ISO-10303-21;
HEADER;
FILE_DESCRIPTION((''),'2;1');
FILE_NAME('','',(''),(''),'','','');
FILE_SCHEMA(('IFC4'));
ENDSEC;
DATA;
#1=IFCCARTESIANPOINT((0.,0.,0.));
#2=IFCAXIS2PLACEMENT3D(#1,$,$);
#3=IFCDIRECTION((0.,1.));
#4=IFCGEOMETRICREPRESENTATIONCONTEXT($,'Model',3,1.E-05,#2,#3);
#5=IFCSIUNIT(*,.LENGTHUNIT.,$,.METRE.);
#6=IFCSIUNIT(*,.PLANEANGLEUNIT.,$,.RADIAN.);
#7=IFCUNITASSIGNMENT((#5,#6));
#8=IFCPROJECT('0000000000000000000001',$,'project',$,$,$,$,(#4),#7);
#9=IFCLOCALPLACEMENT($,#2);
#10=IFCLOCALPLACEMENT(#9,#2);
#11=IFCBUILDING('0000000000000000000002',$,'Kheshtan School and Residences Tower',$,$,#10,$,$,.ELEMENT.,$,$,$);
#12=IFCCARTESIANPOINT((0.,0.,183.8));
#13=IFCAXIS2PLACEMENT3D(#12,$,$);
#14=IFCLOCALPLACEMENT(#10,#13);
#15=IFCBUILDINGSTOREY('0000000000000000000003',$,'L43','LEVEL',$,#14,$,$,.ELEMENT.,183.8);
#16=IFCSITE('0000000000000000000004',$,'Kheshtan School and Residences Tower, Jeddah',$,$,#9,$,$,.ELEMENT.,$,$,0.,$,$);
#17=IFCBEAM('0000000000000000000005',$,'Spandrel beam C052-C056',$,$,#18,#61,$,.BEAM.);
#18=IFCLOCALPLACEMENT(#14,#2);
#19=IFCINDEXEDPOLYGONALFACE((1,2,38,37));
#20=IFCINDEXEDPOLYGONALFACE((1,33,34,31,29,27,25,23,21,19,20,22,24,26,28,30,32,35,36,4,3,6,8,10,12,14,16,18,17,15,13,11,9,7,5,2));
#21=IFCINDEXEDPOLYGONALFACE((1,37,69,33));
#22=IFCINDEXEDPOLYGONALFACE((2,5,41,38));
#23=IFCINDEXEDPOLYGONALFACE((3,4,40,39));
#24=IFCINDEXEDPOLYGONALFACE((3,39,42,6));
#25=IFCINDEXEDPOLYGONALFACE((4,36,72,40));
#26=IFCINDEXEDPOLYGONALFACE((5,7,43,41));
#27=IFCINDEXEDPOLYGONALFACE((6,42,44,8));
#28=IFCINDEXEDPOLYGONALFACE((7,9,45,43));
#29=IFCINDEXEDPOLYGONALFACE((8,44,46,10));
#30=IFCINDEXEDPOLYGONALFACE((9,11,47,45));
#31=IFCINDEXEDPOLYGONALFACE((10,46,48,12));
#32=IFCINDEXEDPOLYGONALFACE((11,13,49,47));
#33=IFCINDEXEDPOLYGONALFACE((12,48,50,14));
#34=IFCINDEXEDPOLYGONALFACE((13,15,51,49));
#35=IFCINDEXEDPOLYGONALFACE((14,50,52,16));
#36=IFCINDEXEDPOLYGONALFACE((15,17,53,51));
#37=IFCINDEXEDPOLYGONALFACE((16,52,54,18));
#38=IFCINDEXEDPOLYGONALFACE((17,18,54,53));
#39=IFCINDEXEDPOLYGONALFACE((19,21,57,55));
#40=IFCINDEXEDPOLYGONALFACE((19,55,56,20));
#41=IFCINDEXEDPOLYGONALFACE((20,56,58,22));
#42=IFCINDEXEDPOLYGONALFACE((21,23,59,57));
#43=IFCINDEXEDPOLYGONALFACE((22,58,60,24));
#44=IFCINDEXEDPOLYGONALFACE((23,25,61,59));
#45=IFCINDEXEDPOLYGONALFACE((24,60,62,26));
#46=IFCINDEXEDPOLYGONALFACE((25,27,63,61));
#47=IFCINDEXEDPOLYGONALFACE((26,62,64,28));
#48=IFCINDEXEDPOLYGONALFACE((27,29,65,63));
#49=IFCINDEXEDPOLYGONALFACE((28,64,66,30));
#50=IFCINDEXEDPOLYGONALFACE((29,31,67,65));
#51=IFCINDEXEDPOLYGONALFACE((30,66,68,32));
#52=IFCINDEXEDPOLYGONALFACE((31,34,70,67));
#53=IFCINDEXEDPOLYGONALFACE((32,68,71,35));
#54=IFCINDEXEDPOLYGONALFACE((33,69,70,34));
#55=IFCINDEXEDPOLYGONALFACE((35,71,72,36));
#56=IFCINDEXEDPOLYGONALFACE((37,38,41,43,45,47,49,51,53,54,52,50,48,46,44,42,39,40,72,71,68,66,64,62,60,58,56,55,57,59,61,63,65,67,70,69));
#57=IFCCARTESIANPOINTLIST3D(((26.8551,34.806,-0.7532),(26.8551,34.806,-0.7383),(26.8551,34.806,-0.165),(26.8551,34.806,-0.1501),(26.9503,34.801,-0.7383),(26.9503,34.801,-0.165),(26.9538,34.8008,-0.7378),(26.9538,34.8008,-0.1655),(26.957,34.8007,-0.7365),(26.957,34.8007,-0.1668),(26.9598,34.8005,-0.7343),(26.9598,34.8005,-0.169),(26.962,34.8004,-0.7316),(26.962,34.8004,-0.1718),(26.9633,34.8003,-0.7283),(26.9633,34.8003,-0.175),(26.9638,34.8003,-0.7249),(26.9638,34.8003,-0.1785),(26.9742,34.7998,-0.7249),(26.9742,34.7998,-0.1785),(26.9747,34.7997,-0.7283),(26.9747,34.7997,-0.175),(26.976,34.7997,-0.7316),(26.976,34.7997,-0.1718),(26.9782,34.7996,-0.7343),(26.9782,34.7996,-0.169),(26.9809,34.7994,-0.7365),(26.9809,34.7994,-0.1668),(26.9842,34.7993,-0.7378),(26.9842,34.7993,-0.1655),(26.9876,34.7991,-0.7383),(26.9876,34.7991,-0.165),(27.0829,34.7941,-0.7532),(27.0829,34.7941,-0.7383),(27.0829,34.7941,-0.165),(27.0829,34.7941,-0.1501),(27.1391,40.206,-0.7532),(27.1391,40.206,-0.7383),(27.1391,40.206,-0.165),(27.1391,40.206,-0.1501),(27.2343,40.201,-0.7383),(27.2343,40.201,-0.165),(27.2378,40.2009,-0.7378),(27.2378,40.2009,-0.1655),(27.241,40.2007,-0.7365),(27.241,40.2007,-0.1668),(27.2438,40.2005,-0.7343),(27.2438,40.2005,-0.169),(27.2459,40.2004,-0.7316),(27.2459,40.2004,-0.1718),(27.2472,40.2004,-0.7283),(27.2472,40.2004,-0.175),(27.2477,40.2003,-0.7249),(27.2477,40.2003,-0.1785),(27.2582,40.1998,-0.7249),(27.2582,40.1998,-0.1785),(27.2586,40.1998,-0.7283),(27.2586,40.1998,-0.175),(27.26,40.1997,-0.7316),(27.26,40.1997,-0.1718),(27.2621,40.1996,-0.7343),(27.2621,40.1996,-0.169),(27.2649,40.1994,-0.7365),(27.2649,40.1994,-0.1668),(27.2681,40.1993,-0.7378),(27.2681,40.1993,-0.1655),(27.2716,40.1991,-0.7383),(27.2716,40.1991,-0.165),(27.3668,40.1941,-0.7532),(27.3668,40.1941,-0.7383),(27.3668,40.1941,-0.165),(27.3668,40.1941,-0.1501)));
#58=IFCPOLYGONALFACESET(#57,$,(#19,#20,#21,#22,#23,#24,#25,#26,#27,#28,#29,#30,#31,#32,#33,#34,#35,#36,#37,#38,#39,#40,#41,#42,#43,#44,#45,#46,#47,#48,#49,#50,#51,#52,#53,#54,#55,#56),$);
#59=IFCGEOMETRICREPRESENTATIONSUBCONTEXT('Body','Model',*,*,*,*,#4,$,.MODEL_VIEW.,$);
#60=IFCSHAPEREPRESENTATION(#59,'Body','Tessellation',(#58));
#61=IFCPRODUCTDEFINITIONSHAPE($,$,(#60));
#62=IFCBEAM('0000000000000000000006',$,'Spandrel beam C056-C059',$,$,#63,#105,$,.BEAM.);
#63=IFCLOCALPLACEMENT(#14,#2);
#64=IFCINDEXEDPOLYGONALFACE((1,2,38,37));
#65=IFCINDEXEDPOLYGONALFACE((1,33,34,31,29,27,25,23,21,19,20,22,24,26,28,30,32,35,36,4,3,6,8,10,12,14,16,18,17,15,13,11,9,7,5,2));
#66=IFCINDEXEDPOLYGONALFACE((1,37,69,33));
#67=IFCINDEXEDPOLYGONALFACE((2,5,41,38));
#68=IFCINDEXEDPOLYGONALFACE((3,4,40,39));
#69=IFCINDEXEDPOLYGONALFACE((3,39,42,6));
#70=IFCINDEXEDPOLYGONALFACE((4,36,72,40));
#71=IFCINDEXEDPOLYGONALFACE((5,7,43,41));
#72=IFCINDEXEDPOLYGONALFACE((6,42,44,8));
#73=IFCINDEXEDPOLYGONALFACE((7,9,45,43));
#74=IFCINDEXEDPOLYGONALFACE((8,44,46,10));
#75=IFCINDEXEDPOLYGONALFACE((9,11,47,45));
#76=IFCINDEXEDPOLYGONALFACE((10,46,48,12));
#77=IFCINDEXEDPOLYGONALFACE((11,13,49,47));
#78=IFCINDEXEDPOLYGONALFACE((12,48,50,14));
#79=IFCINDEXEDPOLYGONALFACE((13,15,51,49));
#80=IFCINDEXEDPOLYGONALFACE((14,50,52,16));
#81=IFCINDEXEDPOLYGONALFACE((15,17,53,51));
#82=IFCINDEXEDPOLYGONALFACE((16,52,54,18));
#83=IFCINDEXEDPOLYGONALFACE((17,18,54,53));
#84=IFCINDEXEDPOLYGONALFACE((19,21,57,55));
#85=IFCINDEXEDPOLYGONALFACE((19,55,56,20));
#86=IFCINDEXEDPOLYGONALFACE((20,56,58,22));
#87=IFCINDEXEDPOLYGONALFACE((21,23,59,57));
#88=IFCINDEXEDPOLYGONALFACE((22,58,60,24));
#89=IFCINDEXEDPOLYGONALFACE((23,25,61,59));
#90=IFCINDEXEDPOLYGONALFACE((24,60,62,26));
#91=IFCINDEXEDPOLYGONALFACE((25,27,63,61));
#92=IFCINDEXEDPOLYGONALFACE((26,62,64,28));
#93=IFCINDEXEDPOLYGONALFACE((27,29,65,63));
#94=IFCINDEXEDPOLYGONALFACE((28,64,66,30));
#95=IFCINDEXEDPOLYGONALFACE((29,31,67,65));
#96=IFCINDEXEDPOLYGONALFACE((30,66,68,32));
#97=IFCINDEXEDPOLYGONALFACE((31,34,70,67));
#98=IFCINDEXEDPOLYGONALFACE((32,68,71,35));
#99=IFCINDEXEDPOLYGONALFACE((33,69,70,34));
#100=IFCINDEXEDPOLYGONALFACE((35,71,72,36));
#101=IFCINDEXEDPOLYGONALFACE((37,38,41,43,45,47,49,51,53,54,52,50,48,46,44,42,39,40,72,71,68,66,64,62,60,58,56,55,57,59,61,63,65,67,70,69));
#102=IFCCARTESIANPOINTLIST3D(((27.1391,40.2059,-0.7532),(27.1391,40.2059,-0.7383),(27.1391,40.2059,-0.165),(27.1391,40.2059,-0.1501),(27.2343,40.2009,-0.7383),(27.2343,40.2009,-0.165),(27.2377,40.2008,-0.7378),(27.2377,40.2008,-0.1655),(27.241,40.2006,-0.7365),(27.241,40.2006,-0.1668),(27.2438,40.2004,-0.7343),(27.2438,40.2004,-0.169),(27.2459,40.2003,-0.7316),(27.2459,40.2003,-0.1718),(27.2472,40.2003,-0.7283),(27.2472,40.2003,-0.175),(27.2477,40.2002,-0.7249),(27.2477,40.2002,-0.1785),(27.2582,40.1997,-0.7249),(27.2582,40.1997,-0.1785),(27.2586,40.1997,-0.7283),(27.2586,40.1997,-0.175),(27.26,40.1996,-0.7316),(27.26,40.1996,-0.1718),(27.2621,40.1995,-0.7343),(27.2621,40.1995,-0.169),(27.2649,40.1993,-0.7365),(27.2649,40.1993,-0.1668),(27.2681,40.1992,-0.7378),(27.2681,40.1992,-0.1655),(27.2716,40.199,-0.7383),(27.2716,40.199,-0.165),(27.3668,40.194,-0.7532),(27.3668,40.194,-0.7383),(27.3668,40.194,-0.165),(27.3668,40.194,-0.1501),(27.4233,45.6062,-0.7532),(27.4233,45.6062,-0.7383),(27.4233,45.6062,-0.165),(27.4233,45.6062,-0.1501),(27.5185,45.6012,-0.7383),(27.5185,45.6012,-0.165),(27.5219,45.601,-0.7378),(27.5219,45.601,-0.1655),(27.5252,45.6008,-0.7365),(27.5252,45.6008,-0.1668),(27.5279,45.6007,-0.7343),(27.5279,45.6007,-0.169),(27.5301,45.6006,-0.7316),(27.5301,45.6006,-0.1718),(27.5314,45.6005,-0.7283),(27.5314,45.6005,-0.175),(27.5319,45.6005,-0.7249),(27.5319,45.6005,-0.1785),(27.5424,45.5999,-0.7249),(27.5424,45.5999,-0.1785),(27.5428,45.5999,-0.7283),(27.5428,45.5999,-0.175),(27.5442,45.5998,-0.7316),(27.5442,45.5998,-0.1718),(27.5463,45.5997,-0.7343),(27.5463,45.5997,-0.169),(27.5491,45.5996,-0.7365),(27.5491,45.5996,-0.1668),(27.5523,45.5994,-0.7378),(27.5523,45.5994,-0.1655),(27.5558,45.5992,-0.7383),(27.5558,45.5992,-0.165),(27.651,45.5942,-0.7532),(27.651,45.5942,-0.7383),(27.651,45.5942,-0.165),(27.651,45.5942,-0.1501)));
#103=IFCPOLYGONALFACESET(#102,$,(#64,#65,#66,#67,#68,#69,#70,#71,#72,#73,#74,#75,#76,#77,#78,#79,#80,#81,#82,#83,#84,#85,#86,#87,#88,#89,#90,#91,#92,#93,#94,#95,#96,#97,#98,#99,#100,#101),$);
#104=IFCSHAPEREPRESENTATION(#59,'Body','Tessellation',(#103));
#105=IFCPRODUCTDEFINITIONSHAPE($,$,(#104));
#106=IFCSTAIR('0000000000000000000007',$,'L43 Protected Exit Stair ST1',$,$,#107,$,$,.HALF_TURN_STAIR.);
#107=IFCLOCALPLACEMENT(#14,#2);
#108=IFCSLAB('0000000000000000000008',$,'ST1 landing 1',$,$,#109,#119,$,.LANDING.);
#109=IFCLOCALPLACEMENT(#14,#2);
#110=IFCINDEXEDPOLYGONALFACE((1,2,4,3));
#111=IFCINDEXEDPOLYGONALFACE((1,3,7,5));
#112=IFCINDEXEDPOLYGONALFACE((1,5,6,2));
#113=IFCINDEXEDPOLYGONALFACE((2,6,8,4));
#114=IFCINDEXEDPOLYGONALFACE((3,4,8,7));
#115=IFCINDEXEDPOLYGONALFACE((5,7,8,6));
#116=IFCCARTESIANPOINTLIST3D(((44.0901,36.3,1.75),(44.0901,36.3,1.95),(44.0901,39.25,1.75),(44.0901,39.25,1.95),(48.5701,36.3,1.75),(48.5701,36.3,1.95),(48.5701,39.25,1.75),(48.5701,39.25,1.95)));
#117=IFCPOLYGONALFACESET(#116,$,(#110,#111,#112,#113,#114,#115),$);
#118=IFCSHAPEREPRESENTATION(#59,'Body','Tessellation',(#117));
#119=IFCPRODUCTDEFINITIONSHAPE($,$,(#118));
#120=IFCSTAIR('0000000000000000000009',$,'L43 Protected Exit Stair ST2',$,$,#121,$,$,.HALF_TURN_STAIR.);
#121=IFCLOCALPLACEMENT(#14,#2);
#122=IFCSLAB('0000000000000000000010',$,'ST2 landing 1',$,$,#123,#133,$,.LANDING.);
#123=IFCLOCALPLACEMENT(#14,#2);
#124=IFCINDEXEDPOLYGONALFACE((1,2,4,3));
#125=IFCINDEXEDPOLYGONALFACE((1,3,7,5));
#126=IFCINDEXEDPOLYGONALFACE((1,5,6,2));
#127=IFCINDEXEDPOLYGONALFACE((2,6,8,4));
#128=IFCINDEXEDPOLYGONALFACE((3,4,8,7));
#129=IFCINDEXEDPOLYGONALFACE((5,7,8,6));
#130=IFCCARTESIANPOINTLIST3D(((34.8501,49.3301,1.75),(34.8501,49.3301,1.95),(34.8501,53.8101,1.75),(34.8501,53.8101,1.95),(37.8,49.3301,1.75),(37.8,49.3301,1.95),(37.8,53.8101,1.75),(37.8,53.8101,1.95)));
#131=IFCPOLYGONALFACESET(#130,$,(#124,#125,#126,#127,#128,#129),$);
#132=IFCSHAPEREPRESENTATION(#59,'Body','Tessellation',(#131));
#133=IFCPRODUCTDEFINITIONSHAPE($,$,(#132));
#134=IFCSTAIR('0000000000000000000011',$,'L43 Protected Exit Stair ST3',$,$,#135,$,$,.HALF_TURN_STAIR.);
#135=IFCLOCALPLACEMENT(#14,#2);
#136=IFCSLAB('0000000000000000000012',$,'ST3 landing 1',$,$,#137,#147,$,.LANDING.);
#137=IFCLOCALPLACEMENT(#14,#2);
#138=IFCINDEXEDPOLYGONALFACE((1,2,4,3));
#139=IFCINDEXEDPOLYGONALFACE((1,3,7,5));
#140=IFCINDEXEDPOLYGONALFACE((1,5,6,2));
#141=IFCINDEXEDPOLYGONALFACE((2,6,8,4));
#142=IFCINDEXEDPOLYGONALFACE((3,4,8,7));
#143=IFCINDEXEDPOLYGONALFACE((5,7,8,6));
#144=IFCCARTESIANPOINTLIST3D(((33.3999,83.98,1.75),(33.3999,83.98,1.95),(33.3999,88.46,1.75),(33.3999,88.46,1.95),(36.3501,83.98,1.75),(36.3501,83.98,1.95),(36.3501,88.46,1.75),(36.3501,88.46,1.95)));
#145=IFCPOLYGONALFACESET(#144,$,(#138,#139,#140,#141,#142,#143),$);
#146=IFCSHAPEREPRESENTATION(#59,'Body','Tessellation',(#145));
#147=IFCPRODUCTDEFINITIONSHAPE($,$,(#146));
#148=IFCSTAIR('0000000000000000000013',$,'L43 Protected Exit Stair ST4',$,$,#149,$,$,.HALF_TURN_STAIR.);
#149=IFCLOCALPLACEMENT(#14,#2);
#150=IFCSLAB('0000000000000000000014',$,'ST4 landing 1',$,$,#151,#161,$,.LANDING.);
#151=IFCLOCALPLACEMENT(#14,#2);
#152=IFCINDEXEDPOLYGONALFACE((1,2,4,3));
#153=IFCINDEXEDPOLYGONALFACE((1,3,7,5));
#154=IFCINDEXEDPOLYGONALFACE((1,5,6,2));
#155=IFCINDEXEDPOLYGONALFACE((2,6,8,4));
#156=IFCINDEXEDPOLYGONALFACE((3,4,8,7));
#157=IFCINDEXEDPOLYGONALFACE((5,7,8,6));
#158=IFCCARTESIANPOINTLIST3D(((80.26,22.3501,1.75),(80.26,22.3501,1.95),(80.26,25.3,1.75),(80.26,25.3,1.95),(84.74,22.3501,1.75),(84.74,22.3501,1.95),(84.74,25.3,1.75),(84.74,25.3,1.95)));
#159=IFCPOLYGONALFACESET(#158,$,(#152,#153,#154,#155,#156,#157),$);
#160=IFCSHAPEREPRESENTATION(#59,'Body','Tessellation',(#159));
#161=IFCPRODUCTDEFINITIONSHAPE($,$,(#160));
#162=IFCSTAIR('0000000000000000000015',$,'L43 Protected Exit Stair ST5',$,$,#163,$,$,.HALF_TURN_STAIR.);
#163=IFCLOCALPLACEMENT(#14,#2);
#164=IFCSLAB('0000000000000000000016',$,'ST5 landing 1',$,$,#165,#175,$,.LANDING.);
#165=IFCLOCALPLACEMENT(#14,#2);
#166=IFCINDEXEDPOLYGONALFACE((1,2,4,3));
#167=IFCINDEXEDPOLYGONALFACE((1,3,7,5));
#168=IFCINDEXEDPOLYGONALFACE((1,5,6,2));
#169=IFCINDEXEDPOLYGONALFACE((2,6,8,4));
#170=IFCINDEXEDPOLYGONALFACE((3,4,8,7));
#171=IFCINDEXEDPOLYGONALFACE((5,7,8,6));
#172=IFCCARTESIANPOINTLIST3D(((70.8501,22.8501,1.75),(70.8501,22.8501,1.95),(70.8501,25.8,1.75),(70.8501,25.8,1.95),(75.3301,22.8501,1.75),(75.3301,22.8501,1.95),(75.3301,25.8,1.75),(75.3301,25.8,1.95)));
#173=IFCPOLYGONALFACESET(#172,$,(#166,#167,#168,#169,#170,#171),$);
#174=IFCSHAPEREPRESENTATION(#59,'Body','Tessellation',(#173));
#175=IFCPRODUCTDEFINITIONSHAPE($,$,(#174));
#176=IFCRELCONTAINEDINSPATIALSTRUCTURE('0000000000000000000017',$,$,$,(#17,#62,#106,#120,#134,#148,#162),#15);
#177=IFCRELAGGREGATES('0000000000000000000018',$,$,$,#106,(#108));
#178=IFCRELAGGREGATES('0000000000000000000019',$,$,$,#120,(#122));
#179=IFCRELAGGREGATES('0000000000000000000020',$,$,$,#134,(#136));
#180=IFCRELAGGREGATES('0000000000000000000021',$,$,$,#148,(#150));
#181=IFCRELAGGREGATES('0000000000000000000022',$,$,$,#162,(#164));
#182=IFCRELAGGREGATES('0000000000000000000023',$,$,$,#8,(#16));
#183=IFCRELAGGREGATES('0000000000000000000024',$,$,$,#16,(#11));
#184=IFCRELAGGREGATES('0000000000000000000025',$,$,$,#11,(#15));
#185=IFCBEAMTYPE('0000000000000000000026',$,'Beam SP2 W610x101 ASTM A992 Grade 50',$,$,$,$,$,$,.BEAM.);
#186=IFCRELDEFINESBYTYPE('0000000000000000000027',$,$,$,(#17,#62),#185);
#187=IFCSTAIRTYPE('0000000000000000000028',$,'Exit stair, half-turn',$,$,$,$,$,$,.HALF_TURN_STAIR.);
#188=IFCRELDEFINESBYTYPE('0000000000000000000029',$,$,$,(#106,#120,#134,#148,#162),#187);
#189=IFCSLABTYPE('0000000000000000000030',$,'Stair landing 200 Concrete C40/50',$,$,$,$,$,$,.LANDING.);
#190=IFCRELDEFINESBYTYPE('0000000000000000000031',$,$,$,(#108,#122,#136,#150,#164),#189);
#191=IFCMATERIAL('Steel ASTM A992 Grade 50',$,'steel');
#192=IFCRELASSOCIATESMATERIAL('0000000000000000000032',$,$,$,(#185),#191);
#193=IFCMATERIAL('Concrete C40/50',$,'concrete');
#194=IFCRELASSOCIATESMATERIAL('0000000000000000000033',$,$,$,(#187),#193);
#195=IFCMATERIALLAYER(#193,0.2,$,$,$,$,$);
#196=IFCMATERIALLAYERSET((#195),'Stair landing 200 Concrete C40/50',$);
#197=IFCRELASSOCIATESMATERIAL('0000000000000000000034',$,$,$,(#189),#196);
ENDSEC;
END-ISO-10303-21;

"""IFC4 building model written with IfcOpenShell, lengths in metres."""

from ifc_helpers import new_model, si_unit, direction, frame, origin, origin_2d, place, context, subcontext, project, spatial, polyline, i_section, outline, extrude, material, layer, layer_set, material_profile, profile_set, type_object, element, aggregate, save


model = new_model("IFC4")

# Units and contexts
model_context = context("Model", 3, precision=1e-05, world=origin(), true_north=direction((0.0, 1.0)))
body_context = subcontext(model_context, "Body", "Model", "MODEL_VIEW")
ifc_project = project(units=[si_unit("LENGTHUNIT", "METRE"), si_unit("PLANEANGLEUNIT", "RADIAN")], contexts=[model_context])

# Site, building, storey
site_placement = place(None, origin())
site = spatial("IfcSite", under=ifc_project, at=site_placement, Name="Kheshtan School and Residences Tower, Jeddah", CompositionType="ELEMENT", RefElevation=0.0)
building_placement = place(site_placement, origin())
building = spatial("IfcBuilding", under=site, at=building_placement, Name="Kheshtan School and Residences Tower", CompositionType="ELEMENT")
storey_placement = place(building_placement, frame((0.0, 0.0, 183.8)))
storey = spatial("IfcBuildingStorey", under=building, at=storey_placement, Name="L43", Description="LEVEL", CompositionType="ELEMENT", Elevation=183.8)

# Shared definitions
ifc_material_1 = material(Name="Steel ASTM A992 Grade 50", Category="steel")

# Beams
ifc_material_profile_1 = material_profile(ifc_material_1, i_section(OverallWidth=0.228, OverallDepth=0.603, WebThickness=0.0105, FlangeThickness=0.0149, FilletRadius=0.0134, at=origin_2d()), Name="W610x101")
ifc_profile_set_1 = profile_set([ifc_material_profile_1], Name="Steel ASTM A992 Grade 50")
beam_type_1 = type_object("IfcBeamType", Name="Beam SP2 W610x101 ASTM A992 Grade 50", PredefinedType="BEAM", material=ifc_profile_set_1)
beam_1_placement = place(storey_placement, frame((26.969, 34.8, -0.4517), z_axis=(0.052509, 0.99862, 0.0), x_axis=(-0.99862, 0.052509, 0.0)))
element("IfcBeam", 1, at=beam_1_placement, inside=storey, type_object=beam_type_1, Name="Spandrel beam C052-C056", PredefinedType="BEAM", context=body_context, shape_type="SweptSolid", body=[
    extrude(i_section(OverallWidth=0.228, OverallDepth=0.603, WebThickness=0.0105, FlangeThickness=0.0149, FilletRadius=0.0134, at=origin_2d()), origin(), (0.0, 0.0, 1.0), 5.4075),
])
beam_2_placement = place(storey_placement, frame((27.2529, 40.2, -0.4517), z_axis=(0.052552, 0.998618, 0.0), x_axis=(-0.998618, 0.052552, 0.0)))
element("IfcBeam", 2, at=beam_2_placement, inside=storey, type_object=beam_type_1, Name="Spandrel beam C056-C059", PredefinedType="BEAM", context=body_context, shape_type="SweptSolid", body=[
    extrude(i_section(OverallWidth=0.228, OverallDepth=0.603, WebThickness=0.0105, FlangeThickness=0.0149, FilletRadius=0.0134, at=origin_2d()), origin(), (0.0, 0.0, 1.0), 5.4077),
])

# Shared definitions
ifc_material_2 = material(Name="Concrete C40/50", Category="concrete")

# Stairs, slabs
stair_type = type_object("IfcStairType", Name="Exit stair, half-turn", PredefinedType="HALF_TURN_STAIR", material=ifc_material_2)
stair_1_placement = place(storey_placement, origin())
stair_1 = element("IfcStair", 3, at=stair_1_placement, inside=storey, type_object=stair_type, Name="L43 Protected Exit Stair ST1", PredefinedType="HALF_TURN_STAIR")
ifc_layer_1 = layer(ifc_material_2, 0.2)
ifc_layer_set_1 = layer_set([ifc_layer_1], Name="Stair landing 200 Concrete C40/50")
slab_type_1 = type_object("IfcSlabType", Name="Stair landing 200 Concrete C40/50", PredefinedType="LANDING", material=ifc_layer_set_1)
slab_1_placement = place(storey_placement, frame((0.0, 0.0, 1.75)))
slab_1 = element("IfcSlab", 4, at=slab_1_placement, type_object=slab_type_1, Name="ST1 landing 1", PredefinedType="LANDING", context=body_context, shape_type="SweptSolid", body=[
    extrude(outline(polyline([(48.5701, 39.25), (44.0901, 39.25), (44.0901, 36.3), (48.5701, 36.3), (48.5701, 39.25)])), origin(), (0.0, 0.0, 1.0), 0.2),
])
aggregate(stair_1, [slab_1])
stair_2_placement = place(storey_placement, origin())
stair_2 = element("IfcStair", 5, at=stair_2_placement, inside=storey, type_object=stair_type, Name="L43 Protected Exit Stair ST2", PredefinedType="HALF_TURN_STAIR")
slab_2_placement = place(storey_placement, frame((0.0, 0.0, 1.75)))
slab_2 = element("IfcSlab", 6, at=slab_2_placement, type_object=slab_type_1, Name="ST2 landing 1", PredefinedType="LANDING", context=body_context, shape_type="SweptSolid", body=[
    extrude(outline(polyline([(37.8, 49.3301), (37.8, 53.8101), (34.8501, 53.8101), (34.8501, 49.3301), (37.8, 49.3301)])), origin(), (0.0, 0.0, 1.0), 0.2),
])
aggregate(stair_2, [slab_2])
stair_3_placement = place(storey_placement, origin())
stair_3 = element("IfcStair", 7, at=stair_3_placement, inside=storey, type_object=stair_type, Name="L43 Protected Exit Stair ST3", PredefinedType="HALF_TURN_STAIR")
slab_3_placement = place(storey_placement, frame((0.0, 0.0, 1.75)))
slab_3 = element("IfcSlab", 8, at=slab_3_placement, type_object=slab_type_1, Name="ST3 landing 1", PredefinedType="LANDING", context=body_context, shape_type="SweptSolid", body=[
    extrude(outline(polyline([(36.3501, 83.98), (36.3501, 88.46), (33.3999, 88.46), (33.3999, 83.98), (36.3501, 83.98)])), origin(), (0.0, 0.0, 1.0), 0.2),
])
aggregate(stair_3, [slab_3])
stair_4_placement = place(storey_placement, origin())
stair_4 = element("IfcStair", 9, at=stair_4_placement, inside=storey, type_object=stair_type, Name="L43 Protected Exit Stair ST4", PredefinedType="HALF_TURN_STAIR")
slab_4_placement = place(storey_placement, frame((0.0, 0.0, 1.75)))
slab_4 = element("IfcSlab", 10, at=slab_4_placement, type_object=slab_type_1, Name="ST4 landing 1", PredefinedType="LANDING", context=body_context, shape_type="SweptSolid", body=[
    extrude(outline(polyline([(84.74, 25.3), (80.26, 25.3), (80.26, 22.3501), (84.74, 22.3501), (84.74, 25.3)])), origin(), (0.0, 0.0, 1.0), 0.2),
])
aggregate(stair_4, [slab_4])
stair_5_placement = place(storey_placement, origin())
stair_5 = element("IfcStair", 11, at=stair_5_placement, inside=storey, type_object=stair_type, Name="L43 Protected Exit Stair ST5", PredefinedType="HALF_TURN_STAIR")
slab_5_placement = place(storey_placement, frame((0.0, 0.0, 1.75)))
slab_5 = element("IfcSlab", 12, at=slab_5_placement, type_object=slab_type_1, Name="ST5 landing 1", PredefinedType="LANDING", context=body_context, shape_type="SweptSolid", body=[
    extrude(outline(polyline([(75.3301, 25.8), (70.8501, 25.8), (70.8501, 22.8501), (75.3301, 22.8501), (75.3301, 25.8)])), origin(), (0.0, 0.0, 1.0), 0.2),
])
aggregate(stair_5, [slab_5])

save(model, "model.ifc")
